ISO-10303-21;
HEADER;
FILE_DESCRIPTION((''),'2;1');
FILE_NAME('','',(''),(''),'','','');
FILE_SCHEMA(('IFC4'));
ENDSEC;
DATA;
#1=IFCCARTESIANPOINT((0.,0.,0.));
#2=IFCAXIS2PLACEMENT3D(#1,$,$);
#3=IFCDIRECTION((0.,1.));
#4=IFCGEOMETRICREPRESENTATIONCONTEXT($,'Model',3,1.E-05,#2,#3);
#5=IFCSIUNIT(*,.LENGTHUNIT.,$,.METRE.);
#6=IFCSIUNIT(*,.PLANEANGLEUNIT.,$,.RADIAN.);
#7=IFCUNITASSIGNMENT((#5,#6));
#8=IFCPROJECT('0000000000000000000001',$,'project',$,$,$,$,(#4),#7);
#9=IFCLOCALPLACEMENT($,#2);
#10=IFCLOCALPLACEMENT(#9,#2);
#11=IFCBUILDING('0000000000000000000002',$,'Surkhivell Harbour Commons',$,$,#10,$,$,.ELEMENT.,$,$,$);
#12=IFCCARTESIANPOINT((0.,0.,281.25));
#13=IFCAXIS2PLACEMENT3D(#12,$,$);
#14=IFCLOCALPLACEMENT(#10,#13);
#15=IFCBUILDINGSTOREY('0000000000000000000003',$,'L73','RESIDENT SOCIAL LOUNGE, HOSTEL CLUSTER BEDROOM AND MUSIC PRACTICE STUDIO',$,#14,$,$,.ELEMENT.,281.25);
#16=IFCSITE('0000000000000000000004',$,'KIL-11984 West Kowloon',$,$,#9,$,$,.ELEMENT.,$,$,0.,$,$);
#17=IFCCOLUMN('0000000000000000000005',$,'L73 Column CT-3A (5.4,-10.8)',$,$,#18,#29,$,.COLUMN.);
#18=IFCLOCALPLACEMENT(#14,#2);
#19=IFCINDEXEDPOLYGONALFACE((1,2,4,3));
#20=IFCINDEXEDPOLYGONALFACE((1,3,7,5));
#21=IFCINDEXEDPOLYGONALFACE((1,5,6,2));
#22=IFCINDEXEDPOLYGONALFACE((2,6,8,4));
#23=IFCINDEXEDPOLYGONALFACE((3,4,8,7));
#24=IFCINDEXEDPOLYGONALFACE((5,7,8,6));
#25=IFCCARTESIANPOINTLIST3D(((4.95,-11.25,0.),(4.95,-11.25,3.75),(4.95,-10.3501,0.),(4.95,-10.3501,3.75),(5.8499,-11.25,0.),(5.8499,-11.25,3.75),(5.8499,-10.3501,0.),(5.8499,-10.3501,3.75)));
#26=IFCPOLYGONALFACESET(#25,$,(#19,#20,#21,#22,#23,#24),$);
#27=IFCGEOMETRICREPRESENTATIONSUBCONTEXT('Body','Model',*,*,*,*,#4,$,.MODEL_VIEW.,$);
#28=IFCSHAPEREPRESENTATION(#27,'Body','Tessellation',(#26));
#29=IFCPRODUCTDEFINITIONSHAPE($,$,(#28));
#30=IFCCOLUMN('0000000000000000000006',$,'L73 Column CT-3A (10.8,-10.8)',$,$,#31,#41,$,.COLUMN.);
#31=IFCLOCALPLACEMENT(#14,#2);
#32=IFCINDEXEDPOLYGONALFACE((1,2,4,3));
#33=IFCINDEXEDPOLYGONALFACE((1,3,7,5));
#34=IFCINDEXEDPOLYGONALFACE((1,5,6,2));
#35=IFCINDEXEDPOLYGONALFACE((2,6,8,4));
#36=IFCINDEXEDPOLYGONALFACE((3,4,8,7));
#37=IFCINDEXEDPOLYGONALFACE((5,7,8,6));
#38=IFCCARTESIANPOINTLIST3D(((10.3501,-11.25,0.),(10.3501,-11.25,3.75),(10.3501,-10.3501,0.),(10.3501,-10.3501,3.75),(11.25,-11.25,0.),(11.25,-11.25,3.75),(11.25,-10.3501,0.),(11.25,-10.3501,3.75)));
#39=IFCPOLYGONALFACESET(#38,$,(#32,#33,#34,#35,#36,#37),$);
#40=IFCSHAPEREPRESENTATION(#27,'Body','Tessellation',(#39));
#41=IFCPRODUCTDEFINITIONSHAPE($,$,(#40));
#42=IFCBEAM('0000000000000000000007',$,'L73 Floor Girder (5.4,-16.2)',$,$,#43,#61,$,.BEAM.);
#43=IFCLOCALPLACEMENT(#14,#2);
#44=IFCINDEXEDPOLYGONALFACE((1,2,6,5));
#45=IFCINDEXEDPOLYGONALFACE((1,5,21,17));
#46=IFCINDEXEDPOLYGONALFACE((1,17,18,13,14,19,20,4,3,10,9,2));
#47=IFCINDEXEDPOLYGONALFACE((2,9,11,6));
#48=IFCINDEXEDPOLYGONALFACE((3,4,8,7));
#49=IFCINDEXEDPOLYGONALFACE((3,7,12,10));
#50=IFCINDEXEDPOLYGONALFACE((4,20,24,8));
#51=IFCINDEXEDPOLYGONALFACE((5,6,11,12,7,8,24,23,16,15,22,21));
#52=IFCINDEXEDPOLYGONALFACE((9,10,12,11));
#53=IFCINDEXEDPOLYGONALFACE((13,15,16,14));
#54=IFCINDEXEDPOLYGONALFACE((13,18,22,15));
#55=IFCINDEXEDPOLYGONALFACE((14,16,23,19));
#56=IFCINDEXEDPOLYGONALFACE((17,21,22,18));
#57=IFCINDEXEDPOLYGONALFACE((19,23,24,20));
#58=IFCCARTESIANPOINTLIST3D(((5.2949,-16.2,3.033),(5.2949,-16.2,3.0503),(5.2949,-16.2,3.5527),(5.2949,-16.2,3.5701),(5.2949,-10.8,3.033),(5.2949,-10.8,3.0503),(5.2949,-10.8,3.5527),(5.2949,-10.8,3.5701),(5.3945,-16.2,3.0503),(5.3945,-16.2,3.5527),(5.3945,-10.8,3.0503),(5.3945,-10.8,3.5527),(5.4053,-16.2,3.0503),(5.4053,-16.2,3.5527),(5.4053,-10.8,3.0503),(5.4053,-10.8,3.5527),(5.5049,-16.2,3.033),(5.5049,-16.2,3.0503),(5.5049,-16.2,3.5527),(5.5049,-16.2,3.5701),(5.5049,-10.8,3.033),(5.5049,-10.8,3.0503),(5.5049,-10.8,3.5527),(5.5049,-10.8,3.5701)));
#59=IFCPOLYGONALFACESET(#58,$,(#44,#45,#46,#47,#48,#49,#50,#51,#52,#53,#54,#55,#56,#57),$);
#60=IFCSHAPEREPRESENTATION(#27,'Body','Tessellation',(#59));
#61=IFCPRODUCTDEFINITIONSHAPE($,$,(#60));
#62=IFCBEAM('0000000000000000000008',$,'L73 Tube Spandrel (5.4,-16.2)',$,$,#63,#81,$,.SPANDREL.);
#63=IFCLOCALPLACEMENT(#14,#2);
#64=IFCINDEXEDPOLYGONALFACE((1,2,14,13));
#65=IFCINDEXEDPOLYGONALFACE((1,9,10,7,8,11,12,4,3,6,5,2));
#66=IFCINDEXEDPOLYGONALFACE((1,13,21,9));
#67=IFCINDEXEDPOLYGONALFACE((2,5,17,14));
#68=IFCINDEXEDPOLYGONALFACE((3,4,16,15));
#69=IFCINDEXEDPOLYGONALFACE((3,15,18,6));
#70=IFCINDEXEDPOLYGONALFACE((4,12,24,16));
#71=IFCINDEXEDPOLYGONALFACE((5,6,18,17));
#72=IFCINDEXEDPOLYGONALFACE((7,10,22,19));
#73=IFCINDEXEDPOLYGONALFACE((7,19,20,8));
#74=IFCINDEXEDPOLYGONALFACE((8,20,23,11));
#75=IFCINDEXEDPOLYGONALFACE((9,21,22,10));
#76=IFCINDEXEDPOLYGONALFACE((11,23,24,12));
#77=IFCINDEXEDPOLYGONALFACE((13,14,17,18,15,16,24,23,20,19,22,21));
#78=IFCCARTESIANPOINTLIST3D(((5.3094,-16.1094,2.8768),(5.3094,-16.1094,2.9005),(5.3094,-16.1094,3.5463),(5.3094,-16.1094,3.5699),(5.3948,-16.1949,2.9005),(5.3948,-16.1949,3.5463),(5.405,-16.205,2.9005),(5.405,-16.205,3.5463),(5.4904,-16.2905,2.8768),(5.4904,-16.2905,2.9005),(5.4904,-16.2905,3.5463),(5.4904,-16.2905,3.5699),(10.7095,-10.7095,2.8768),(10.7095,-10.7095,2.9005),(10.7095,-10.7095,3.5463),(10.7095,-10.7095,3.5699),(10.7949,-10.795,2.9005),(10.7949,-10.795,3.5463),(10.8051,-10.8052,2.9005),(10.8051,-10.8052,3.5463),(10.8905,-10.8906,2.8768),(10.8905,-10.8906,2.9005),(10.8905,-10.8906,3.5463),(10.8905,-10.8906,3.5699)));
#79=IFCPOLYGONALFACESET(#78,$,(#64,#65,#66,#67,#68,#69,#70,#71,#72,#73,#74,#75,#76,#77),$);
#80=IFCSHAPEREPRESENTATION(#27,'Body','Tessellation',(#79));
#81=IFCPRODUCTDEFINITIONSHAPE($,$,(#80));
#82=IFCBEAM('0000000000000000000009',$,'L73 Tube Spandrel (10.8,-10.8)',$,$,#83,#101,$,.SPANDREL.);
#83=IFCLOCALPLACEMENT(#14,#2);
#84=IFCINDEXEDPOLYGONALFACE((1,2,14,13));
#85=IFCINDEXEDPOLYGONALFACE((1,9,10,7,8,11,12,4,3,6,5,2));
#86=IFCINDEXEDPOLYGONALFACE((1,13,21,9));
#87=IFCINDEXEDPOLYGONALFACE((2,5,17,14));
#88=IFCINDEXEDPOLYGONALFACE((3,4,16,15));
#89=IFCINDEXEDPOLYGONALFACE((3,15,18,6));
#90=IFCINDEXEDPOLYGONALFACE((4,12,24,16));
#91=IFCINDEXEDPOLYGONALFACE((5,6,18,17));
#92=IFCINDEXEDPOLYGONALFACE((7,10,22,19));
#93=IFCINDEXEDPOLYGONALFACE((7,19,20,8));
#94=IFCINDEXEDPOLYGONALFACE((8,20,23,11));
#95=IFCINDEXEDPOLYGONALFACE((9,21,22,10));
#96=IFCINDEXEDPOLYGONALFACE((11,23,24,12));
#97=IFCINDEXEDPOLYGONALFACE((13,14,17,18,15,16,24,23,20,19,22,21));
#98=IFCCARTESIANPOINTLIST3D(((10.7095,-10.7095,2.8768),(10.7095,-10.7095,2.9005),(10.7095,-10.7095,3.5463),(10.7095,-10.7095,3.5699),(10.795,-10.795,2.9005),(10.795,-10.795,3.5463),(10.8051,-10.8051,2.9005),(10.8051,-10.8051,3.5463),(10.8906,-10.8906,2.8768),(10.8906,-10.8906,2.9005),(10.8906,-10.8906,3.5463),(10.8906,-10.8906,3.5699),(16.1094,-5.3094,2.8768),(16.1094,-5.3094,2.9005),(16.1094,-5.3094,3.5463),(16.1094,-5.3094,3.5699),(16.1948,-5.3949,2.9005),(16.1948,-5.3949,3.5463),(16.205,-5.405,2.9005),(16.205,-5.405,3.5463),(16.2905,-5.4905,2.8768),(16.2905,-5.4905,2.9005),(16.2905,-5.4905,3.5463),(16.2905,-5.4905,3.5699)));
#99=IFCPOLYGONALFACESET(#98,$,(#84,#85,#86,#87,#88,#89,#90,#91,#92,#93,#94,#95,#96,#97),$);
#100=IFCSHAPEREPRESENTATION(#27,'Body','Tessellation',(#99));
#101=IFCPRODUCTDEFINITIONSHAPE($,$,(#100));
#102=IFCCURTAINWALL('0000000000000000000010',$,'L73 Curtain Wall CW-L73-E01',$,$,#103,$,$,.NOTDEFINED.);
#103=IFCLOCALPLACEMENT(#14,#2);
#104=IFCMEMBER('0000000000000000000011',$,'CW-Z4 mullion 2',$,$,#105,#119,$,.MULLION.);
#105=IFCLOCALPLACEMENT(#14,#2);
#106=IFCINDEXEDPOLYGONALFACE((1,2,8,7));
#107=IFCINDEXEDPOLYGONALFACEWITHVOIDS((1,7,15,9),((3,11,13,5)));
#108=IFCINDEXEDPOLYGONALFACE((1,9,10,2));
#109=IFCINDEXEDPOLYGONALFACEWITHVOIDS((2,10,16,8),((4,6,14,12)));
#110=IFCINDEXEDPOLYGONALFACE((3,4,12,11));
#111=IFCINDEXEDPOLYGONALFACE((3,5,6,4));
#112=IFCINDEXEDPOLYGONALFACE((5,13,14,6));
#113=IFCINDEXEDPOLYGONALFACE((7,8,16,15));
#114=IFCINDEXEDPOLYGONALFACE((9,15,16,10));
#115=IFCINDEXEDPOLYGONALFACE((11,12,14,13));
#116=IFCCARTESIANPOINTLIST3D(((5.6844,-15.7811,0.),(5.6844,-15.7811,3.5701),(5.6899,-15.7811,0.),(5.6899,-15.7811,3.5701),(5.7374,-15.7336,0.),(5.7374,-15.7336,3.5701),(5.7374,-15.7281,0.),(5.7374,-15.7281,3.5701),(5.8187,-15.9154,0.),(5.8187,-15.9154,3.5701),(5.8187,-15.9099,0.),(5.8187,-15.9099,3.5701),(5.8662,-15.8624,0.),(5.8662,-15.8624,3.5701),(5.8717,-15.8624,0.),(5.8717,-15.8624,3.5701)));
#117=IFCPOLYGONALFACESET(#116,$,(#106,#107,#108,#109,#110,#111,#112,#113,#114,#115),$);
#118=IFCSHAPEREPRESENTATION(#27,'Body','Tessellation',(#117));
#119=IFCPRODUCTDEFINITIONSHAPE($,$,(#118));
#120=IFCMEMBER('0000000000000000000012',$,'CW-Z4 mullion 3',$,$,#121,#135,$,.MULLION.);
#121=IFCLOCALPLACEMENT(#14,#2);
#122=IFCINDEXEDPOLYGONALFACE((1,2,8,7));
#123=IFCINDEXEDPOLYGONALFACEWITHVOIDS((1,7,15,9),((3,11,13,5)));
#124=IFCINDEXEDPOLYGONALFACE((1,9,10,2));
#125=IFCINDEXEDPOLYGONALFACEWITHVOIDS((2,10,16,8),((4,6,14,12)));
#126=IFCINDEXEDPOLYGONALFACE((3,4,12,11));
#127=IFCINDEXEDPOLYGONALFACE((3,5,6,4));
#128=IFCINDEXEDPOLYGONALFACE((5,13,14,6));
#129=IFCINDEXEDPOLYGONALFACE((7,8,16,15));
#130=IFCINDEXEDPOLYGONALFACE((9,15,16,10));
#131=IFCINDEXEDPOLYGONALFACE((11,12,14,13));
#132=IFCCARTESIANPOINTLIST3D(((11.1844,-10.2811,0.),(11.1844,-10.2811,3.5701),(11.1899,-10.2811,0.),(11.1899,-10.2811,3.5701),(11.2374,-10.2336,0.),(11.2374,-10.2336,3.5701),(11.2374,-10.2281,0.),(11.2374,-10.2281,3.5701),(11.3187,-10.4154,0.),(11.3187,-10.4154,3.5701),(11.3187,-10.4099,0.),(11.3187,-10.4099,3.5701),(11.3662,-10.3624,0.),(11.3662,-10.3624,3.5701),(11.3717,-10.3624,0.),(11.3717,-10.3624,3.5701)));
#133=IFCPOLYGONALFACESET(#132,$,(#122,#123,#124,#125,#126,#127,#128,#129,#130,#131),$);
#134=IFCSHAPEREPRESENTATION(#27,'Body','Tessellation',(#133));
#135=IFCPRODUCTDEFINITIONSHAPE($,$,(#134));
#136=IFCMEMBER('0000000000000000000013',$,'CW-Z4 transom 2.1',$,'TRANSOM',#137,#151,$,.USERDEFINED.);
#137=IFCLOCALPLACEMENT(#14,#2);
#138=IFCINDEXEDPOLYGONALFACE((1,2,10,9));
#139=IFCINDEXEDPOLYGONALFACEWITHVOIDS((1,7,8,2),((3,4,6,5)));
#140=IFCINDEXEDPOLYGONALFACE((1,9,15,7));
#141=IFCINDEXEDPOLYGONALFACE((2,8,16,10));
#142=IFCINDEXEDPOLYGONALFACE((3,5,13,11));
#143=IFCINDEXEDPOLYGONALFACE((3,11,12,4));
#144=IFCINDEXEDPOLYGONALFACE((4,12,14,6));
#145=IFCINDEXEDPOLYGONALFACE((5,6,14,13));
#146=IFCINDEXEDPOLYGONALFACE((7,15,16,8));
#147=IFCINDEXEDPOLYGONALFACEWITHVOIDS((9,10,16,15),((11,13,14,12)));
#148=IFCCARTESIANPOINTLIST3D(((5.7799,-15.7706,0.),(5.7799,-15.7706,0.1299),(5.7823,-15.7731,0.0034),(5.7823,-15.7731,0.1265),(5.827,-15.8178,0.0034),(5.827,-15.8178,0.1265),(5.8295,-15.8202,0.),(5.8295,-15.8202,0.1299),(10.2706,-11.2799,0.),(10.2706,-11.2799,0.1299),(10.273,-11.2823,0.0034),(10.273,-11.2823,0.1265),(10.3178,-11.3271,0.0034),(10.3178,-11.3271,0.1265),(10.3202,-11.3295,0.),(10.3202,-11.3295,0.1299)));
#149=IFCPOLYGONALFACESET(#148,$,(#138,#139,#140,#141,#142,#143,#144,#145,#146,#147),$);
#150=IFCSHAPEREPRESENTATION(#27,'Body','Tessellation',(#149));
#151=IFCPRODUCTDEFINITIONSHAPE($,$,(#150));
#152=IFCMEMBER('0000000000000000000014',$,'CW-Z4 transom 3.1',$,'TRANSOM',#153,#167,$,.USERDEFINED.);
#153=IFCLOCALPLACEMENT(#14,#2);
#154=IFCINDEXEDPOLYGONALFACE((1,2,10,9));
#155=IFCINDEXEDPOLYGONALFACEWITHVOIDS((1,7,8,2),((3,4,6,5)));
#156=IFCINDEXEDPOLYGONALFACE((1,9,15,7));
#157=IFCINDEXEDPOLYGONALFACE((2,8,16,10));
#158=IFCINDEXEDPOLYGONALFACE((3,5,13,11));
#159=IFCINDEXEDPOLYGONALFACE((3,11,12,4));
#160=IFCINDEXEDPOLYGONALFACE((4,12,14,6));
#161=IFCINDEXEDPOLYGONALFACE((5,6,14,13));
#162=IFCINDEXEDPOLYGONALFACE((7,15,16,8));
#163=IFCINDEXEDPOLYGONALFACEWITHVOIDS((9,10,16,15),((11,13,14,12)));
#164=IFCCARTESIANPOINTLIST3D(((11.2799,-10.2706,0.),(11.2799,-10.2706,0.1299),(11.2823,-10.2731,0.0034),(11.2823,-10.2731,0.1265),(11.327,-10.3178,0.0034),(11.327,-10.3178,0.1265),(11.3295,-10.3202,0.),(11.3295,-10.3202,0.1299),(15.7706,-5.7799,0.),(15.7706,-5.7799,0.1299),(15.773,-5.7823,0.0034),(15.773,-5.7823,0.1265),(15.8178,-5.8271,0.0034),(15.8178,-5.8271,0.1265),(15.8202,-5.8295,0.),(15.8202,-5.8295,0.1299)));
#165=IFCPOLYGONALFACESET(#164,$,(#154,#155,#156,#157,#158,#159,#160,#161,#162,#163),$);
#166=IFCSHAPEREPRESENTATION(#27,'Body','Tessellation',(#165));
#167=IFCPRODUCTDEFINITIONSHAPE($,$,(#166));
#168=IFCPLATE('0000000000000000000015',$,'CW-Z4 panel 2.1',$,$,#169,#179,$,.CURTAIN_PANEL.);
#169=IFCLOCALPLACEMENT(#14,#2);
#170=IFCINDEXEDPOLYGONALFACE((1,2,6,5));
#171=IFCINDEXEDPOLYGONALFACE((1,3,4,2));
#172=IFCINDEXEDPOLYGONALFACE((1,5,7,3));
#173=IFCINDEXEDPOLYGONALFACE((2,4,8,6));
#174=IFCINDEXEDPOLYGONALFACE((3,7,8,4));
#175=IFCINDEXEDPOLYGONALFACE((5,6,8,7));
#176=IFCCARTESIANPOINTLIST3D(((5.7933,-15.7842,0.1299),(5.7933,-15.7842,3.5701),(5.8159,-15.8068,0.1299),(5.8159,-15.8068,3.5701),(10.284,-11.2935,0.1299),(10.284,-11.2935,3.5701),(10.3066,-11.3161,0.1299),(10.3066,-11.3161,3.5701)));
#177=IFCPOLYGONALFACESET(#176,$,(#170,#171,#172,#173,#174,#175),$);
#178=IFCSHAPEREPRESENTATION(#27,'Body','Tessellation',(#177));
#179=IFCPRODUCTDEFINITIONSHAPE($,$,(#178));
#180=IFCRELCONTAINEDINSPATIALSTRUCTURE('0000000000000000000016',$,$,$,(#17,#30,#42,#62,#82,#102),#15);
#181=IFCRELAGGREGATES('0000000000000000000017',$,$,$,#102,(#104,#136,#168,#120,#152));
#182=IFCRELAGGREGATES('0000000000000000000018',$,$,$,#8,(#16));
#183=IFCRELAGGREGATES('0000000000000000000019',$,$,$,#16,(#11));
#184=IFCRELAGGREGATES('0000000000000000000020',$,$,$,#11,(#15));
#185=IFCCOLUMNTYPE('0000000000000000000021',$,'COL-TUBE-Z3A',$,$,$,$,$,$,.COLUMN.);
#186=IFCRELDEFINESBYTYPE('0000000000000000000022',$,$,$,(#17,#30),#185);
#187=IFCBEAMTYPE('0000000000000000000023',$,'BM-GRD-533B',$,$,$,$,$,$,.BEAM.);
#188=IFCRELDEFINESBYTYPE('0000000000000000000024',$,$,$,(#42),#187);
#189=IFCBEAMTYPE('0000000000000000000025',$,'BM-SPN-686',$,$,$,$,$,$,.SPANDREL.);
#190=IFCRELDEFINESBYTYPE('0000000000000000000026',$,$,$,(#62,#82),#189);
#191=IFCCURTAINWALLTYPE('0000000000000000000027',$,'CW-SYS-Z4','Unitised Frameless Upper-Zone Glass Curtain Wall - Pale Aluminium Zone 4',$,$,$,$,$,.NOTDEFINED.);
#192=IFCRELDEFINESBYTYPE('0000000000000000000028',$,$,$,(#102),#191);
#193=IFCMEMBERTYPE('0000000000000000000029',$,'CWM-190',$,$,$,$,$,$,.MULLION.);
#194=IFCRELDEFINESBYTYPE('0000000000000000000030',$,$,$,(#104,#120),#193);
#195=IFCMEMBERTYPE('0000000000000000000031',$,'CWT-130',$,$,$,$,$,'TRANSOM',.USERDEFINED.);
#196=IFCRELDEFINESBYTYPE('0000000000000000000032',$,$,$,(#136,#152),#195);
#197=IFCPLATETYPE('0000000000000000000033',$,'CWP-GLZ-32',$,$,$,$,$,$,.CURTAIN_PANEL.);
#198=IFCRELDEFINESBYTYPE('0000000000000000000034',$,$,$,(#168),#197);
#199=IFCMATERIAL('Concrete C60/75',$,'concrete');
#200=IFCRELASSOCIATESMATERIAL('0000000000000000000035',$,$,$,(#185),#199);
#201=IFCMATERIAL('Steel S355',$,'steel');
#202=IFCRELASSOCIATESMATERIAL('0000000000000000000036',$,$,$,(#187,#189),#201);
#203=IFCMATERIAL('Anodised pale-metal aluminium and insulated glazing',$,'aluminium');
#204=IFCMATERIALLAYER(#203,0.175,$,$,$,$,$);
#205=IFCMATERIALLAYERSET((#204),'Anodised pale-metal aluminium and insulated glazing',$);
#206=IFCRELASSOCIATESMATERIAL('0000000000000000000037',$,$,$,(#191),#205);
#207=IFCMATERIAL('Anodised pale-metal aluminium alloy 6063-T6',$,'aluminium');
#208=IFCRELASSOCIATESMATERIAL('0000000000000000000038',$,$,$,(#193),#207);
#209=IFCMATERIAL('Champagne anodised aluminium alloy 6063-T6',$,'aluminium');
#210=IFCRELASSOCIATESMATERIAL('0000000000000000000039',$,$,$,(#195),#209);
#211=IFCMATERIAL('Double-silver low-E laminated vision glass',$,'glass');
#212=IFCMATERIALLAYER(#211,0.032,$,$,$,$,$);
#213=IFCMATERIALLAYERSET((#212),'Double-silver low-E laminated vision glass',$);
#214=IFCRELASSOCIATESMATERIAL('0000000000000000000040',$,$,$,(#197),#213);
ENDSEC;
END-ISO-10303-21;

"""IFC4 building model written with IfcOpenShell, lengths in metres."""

from ifc_helpers import new_model, si_unit, direction, frame, frame_2d, origin, origin_2d, place, context, subcontext, project, spatial, rectangle, hollow_rectangle, i_section, extrude, material, layer, layer_set, material_profile, profile_set, type_object, element, aggregate, save


model = new_model("IFC4")

# Units and contexts
model_context = context("Model", 3, precision=1e-05, world=origin(), true_north=direction((0.0, 1.0)))
body_context = subcontext(model_context, "Body", "Model", "MODEL_VIEW")
ifc_project = project(units=[si_unit("LENGTHUNIT", "METRE"), si_unit("PLANEANGLEUNIT", "RADIAN")], contexts=[model_context])

# Site, building, storey
site_placement = place(None, origin())
site = spatial("IfcSite", under=ifc_project, at=site_placement, Name="KIL-11984 West Kowloon", CompositionType="ELEMENT", RefElevation=0.0)
building_placement = place(site_placement, origin())
building = spatial("IfcBuilding", under=site, at=building_placement, Name="Surkhivell Harbour Commons", CompositionType="ELEMENT")
storey_placement = place(building_placement, frame((0.0, 0.0, 281.25)))
storey = spatial("IfcBuildingStorey", under=building, at=storey_placement, Name="L73", Description="RESIDENT SOCIAL LOUNGE, HOSTEL CLUSTER BEDROOM AND MUSIC PRACTICE STUDIO", CompositionType="ELEMENT", Elevation=281.25)

# Columns
ifc_material_1 = material(Name="Concrete C60/75", Category="concrete")
ifc_material_profile_1 = material_profile(ifc_material_1, rectangle(XDim=0.8999, YDim=0.8999, at=origin_2d()), Name="RC-COL-900x900")
ifc_profile_set_1 = profile_set([ifc_material_profile_1], Name="Concrete C60/75")
column_type = type_object("IfcColumnType", Name="COL-TUBE-Z3A", PredefinedType="COLUMN", material=ifc_profile_set_1)
for number, where, z_axis, x_axis, name in (
    (1, (5.3999, -10.8, 0.0), (0.0, 0.0, 1.0), (1.0, 0.0, 0.0), "L73 Column CT-3A (5.4,-10.8)"),
    (2, (10.8, -10.8, 0.0), (0.0, 0.0, 1.0), (1.0, 0.0, 0.0), "L73 Column CT-3A (10.8,-10.8)"),
):
    element("IfcColumn", number, at=place(storey_placement, frame(where, z_axis=z_axis, x_axis=x_axis)), inside=storey, type_object=column_type, Name=name, PredefinedType="COLUMN", context=body_context, shape_type="SweptSolid", body=[
        extrude(rectangle(XDim=0.8999, YDim=0.8999, at=origin_2d()), origin(), (0.0, 0.0, 1.0), 3.75),
    ])

# Beams
ifc_material_2 = material(Name="Steel S355", Category="steel")
ifc_material_profile_2 = material_profile(ifc_material_2, i_section(OverallWidth=0.21, OverallDepth=0.5371, WebThickness=0.0107, FlangeThickness=0.0173, at=origin_2d()), Name="UB533x210x101")
ifc_profile_set_2 = profile_set([ifc_material_profile_2], Name="Steel S355")
beam_type_1 = type_object("IfcBeamType", Name="BM-GRD-533B", PredefinedType="BEAM", material=ifc_profile_set_2)
beam_placement = place(storey_placement, frame((5.3999, -16.2, 3.3015), z_axis=(0.0, 1.0, 0.0), x_axis=(-1.0, 0.0, 0.0)))
element("IfcBeam", 3, at=beam_placement, inside=storey, type_object=beam_type_1, Name="L73 Floor Girder (5.4,-16.2)", PredefinedType="BEAM", context=body_context, shape_type="SweptSolid", body=[
    extrude(i_section(OverallWidth=0.21, OverallDepth=0.5371, WebThickness=0.0107, FlangeThickness=0.0173, at=origin_2d()), origin(), (0.0, 0.0, 1.0), 5.3999),
])
ifc_material_profile_3 = material_profile(ifc_material_2, i_section(OverallWidth=0.2561, OverallDepth=0.6931, WebThickness=0.0144, FlangeThickness=0.0237, at=origin_2d()), Name="UB686x254x170")
ifc_profile_set_3 = profile_set([ifc_material_profile_3], Name="Steel S355")
beam_type_2 = type_object("IfcBeamType", Name="BM-SPN-686", PredefinedType="SPANDREL", material=ifc_profile_set_3)
for number, where, z_axis, x_axis, name in (
    (4, (5.3999, -16.2, 3.2234), (0.707123, 0.707091, 0.0), (-0.707091, 0.707123, 0.0), "L73 Tube Spandrel (5.4,-16.2)"),
    (5, (10.8, -10.8, 3.2234), (0.707091, 0.707123, 0.0), (-0.707123, 0.707091, 0.0), "L73 Tube Spandrel (10.8,-10.8)"),
):
    element("IfcBeam", number, at=place(storey_placement, frame(where, z_axis=z_axis, x_axis=x_axis)), inside=storey, type_object=beam_type_2, Name=name, PredefinedType="SPANDREL", context=body_context, shape_type="SweptSolid", body=[
        extrude(i_section(OverallWidth=0.2561, OverallDepth=0.6931, WebThickness=0.0144, FlangeThickness=0.0237, at=origin_2d()), origin(), (0.0, 0.0, 1.0), 7.6367),
    ])

# Curtain wall, members, plate
ifc_material_3 = material(Name="Anodised pale-metal aluminium and insulated glazing", Category="aluminium")
ifc_layer_1 = layer(ifc_material_3, 0.175)
ifc_layer_set_1 = layer_set([ifc_layer_1], Name="Anodised pale-metal aluminium and insulated glazing")
curtain_wall_type = type_object("IfcCurtainWallType", Name="CW-SYS-Z4", Description="Unitised Frameless Upper-Zone Glass Curtain Wall - Pale Aluminium Zone 4", PredefinedType="NOTDEFINED", material=ifc_layer_set_1)
curtain_wall_placement = place(storey_placement, origin())
curtain_wall = element("IfcCurtainWall", 6, at=curtain_wall_placement, inside=storey, type_object=curtain_wall_type, Name="L73 Curtain Wall CW-L73-E01", PredefinedType="NOTDEFINED")
ifc_material_4 = material(Name="Anodised pale-metal aluminium alloy 6063-T6", Category="aluminium")
ifc_material_profile_4 = material_profile(ifc_material_4, hollow_rectangle(XDim=0.075, YDim=0.1899, WallThickness=0.0039, at=origin_2d()), Name="ALU-MULL-75x190")
ifc_profile_set_4 = profile_set([ifc_material_profile_4], Name="Anodised pale-metal aluminium alloy 6063-T6")
member_type_1 = type_object("IfcMemberType", Name="CWM-190", PredefinedType="MULLION", material=ifc_profile_set_4)
member_1_placement = place(storey_placement, frame((5.7781, -15.8218, 0.0), z_axis=(0.0, 0.0, 1.0), x_axis=(0.707107, 0.707107, 0.0)))
member_1 = element("IfcMember", 7, at=member_1_placement, type_object=member_type_1, Name="CW-Z4 mullion 2", PredefinedType="MULLION", context=body_context, shape_type="SweptSolid", body=[
    extrude(hollow_rectangle(XDim=0.075, YDim=0.1899, WallThickness=0.0039, at=origin_2d()), origin(), (0.0, 0.0, 1.0), 3.5701),
])
member_2_placement = place(storey_placement, frame((11.2781, -10.3218, 0.0), z_axis=(0.0, 0.0, 1.0), x_axis=(0.707107, 0.707107, 0.0)))
member_2 = element("IfcMember", 8, at=member_2_placement, type_object=member_type_1, Name="CW-Z4 mullion 3", PredefinedType="MULLION", context=body_context, shape_type="SweptSolid", body=[
    extrude(hollow_rectangle(XDim=0.075, YDim=0.1899, WallThickness=0.0039, at=origin_2d()), origin(), (0.0, 0.0, 1.0), 3.5701),
])
ifc_material_5 = material(Name="Champagne anodised aluminium alloy 6063-T6", Category="aluminium")
ifc_material_profile_5 = material_profile(ifc_material_5, hollow_rectangle(XDim=0.0701, YDim=0.1299, WallThickness=0.0034, at=origin_2d()), Name="ALU-TRAN-70x130")
ifc_profile_set_5 = profile_set([ifc_material_profile_5], Name="Champagne anodised aluminium alloy 6063-T6")
member_type_2 = type_object("IfcMemberType", Name="CWT-130", ElementType="TRANSOM", PredefinedType="USERDEFINED", material=ifc_profile_set_5)
member_3_placement = place(storey_placement, frame((5.8047, -15.7954, 0.0649), z_axis=(0.707107, 0.707107, 0.0), x_axis=(-0.707107, 0.707107, 0.0)))
member_3 = element("IfcMember", 9, at=member_3_placement, type_object=member_type_2, Name="CW-Z4 transom 2.1", ObjectType="TRANSOM", PredefinedType="USERDEFINED", context=body_context, shape_type="SweptSolid", body=[
    extrude(hollow_rectangle(XDim=0.0701, YDim=0.1299, WallThickness=0.0034, at=origin_2d()), origin(), (0.0, 0.0, 1.0), 6.3508),
])
member_4_placement = place(storey_placement, frame((11.3047, -10.2954, 0.0649), z_axis=(0.707107, 0.707107, 0.0), x_axis=(-0.707107, 0.707107, 0.0)))
member_4 = element("IfcMember", 10, at=member_4_placement, type_object=member_type_2, Name="CW-Z4 transom 3.1", ObjectType="TRANSOM", PredefinedType="USERDEFINED", context=body_context, shape_type="SweptSolid", body=[
    extrude(hollow_rectangle(XDim=0.0701, YDim=0.1299, WallThickness=0.0034, at=origin_2d()), origin(), (0.0, 0.0, 1.0), 6.3508),
])
ifc_material_6 = material(Name="Double-silver low-E laminated vision glass", Category="glass")
ifc_layer_2 = layer(ifc_material_6, 0.032)
ifc_layer_set_2 = layer_set([ifc_layer_2], Name="Double-silver low-E laminated vision glass")
plate_type = type_object("IfcPlateType", Name="CWP-GLZ-32", PredefinedType="CURTAIN_PANEL", material=ifc_layer_set_2)
plate_1_placement = place(storey_placement, frame((5.8047, -15.7954, 0.1299), z_axis=(0.0, 0.0, 1.0), x_axis=(0.707107, 0.707107, 0.0)))
plate_1 = element("IfcPlate", 11, at=plate_1_placement, type_object=plate_type, Name="CW-Z4 panel 2.1", PredefinedType="CURTAIN_PANEL", context=body_context, shape_type="SweptSolid", body=[
    extrude(rectangle(XDim=6.3508, YDim=0.032, at=frame_2d((3.1753, 0.0))), origin(), (0.0, 0.0, 1.0), 3.4402),
])
aggregate(curtain_wall, [member_1, member_3, plate_1, member_2, member_4])

save(model, "model.ifc")
